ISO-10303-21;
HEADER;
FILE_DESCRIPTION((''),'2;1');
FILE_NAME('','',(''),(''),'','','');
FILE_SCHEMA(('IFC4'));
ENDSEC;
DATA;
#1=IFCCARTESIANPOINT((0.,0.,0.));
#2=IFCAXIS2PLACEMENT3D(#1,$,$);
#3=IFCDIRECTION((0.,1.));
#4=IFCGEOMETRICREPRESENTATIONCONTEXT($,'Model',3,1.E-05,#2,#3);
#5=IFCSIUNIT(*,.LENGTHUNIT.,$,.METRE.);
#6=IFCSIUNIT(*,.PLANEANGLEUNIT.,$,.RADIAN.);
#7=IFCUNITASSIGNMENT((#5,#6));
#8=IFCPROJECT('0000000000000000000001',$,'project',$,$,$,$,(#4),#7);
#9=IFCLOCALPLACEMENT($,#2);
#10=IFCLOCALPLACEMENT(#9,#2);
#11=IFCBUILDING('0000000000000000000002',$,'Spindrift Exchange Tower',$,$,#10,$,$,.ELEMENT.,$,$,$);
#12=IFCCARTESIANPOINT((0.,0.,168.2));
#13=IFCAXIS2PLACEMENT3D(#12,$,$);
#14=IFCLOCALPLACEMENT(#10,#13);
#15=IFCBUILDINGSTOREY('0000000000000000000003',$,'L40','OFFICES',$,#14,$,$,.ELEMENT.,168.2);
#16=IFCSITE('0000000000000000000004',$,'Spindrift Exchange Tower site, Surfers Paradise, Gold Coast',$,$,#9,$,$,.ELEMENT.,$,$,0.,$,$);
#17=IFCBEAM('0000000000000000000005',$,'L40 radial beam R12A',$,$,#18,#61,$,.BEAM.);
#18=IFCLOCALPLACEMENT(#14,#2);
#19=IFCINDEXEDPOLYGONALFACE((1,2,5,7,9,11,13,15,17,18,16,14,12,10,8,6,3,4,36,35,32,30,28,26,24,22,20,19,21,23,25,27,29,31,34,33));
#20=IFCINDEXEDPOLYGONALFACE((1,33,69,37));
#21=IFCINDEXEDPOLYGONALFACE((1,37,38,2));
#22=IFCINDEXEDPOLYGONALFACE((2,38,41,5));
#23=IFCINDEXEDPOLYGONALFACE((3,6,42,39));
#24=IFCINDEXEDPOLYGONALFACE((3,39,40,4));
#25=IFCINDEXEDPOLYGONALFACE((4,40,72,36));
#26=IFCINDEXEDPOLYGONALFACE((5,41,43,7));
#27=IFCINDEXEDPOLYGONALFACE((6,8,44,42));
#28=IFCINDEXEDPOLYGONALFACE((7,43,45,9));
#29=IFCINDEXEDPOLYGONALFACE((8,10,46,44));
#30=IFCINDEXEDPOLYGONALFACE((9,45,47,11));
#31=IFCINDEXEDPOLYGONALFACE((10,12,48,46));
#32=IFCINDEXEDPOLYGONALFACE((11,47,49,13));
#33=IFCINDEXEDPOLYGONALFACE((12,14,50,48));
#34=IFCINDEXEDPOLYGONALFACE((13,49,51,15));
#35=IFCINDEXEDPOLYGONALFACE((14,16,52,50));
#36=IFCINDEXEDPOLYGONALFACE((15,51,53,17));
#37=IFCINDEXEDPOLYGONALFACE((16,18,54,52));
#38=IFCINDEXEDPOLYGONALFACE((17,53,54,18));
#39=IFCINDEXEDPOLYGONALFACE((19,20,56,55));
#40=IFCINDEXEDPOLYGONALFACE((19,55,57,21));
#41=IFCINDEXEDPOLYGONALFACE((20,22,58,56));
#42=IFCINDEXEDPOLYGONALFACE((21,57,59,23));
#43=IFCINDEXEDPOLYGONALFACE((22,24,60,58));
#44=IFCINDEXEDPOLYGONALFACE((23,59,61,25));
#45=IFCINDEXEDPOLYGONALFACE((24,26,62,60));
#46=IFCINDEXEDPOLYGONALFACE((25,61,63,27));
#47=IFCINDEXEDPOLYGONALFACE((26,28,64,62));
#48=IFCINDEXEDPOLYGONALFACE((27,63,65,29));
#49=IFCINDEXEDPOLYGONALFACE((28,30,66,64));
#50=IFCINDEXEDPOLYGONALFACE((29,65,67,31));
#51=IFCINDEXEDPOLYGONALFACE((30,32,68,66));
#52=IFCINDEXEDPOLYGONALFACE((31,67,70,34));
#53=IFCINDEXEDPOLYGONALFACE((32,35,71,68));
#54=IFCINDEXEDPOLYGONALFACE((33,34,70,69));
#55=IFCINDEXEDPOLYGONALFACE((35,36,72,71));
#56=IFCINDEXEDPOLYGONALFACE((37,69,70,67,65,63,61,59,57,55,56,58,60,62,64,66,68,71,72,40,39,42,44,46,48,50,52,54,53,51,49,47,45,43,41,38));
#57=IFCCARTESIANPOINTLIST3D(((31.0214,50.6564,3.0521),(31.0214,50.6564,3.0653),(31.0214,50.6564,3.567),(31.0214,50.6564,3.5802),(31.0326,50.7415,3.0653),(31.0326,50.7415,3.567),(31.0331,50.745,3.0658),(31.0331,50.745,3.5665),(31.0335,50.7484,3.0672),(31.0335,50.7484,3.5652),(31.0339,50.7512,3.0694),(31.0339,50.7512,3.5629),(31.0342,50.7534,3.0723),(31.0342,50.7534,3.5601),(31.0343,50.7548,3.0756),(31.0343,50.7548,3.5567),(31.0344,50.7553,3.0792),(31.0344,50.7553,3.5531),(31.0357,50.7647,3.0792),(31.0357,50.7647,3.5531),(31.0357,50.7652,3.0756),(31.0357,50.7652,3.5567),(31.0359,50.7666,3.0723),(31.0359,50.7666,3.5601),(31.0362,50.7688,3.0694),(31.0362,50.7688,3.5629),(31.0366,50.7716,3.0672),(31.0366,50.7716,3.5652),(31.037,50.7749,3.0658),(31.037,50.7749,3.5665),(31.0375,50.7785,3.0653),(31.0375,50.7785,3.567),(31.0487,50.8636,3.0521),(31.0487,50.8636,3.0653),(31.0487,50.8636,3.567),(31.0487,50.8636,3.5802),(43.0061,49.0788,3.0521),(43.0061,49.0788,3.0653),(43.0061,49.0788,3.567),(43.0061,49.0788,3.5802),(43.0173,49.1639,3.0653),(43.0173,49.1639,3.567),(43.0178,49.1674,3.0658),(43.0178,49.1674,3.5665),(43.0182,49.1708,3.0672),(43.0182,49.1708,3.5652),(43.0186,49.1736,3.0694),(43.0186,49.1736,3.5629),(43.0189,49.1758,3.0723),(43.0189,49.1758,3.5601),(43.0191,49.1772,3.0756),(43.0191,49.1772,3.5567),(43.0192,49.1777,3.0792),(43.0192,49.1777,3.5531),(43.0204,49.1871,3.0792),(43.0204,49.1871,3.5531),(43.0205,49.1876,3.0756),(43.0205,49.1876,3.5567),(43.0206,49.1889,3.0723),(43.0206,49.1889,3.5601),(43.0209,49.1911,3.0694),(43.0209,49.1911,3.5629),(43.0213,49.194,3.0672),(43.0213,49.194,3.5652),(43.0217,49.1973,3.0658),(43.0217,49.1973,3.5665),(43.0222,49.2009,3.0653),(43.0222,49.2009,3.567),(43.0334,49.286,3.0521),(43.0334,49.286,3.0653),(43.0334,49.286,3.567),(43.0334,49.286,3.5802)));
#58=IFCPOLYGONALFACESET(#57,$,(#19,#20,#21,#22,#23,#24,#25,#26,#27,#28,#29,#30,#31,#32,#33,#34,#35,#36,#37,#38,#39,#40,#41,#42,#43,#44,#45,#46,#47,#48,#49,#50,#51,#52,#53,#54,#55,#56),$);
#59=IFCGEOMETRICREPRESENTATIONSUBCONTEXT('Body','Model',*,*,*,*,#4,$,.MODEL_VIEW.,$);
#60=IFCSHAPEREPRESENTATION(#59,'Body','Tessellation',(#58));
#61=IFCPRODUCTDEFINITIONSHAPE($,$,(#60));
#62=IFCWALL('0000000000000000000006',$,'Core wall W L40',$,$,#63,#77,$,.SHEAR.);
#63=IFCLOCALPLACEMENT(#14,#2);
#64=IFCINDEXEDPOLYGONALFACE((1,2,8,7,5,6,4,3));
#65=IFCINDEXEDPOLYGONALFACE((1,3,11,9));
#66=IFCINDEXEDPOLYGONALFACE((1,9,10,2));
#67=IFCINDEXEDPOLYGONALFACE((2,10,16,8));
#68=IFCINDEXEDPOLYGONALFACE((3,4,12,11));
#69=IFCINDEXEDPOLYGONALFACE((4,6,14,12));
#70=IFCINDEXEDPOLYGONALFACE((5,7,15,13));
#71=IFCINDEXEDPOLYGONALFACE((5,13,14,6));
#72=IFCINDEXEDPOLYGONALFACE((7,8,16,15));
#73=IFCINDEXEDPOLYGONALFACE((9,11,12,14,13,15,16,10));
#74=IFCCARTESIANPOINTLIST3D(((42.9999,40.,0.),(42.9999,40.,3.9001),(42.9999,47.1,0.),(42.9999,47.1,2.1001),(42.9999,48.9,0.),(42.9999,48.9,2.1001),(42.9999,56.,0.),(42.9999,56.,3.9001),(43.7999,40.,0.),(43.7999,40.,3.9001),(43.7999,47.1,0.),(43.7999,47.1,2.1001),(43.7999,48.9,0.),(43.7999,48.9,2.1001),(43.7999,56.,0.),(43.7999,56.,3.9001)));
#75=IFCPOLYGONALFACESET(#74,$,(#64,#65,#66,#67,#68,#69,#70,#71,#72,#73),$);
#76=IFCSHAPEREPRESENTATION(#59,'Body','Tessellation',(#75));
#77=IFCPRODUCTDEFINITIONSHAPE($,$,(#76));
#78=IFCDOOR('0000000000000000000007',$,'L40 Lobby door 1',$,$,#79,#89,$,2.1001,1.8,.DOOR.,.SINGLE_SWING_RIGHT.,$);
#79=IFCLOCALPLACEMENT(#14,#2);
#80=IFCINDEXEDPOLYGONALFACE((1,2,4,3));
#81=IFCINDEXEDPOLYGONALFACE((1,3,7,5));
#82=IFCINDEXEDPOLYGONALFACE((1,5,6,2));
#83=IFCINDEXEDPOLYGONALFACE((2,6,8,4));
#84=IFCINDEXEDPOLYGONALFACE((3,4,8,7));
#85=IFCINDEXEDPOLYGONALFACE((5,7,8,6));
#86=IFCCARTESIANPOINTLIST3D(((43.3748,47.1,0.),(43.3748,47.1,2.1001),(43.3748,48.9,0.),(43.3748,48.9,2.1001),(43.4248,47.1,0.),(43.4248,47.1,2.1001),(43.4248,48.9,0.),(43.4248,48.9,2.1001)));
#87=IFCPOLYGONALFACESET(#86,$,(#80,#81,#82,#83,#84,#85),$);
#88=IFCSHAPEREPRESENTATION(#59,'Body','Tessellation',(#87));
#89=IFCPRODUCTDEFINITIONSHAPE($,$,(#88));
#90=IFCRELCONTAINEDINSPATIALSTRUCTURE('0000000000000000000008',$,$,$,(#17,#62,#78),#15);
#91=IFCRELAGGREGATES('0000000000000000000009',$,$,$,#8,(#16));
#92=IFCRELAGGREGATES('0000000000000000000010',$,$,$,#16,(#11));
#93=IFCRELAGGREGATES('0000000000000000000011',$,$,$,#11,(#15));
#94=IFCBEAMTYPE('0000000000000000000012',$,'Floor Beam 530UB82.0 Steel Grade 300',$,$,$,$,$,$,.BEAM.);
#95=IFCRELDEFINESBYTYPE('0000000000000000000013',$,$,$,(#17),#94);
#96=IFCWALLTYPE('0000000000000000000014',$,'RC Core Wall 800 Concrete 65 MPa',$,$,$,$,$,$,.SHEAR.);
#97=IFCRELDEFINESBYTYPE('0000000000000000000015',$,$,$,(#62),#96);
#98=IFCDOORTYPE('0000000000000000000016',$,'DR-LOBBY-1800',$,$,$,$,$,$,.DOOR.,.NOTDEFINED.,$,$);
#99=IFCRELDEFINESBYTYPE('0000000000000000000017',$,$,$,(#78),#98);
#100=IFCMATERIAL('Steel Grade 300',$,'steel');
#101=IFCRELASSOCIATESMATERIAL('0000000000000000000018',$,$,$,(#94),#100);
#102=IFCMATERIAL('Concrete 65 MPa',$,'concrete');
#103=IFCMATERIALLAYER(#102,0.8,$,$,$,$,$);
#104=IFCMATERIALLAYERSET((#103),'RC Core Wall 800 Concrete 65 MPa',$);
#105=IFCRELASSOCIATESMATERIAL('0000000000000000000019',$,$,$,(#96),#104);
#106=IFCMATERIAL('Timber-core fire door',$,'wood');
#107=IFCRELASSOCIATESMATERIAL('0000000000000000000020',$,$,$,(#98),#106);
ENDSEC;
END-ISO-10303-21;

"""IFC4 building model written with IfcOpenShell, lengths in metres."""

from ifc_helpers import new_model, si_unit, direction, frame, frame_2d, origin, origin_2d, place, context, subcontext, project, spatial, rectangle, i_section, extrude, source, transform, mapped, material, layer, layer_set, material_profile, profile_set, type_object, element, fill, save


model = new_model("IFC4")

# Units and contexts
model_context = context("Model", 3, precision=1e-05, world=origin(), true_north=direction((0.0, 1.0)))
body_context = subcontext(model_context, "Body", "Model", "MODEL_VIEW")
ifc_project = project(units=[si_unit("LENGTHUNIT", "METRE"), si_unit("PLANEANGLEUNIT", "RADIAN")], contexts=[model_context])

# Site, building, storey
site_placement = place(None, origin())
site = spatial("IfcSite", under=ifc_project, at=site_placement, Name="Spindrift Exchange Tower site, Surfers Paradise, Gold Coast", CompositionType="ELEMENT", RefElevation=0.0)
building_placement = place(site_placement, origin())
building = spatial("IfcBuilding", under=site, at=building_placement, Name="Spindrift Exchange Tower", CompositionType="ELEMENT")
storey_placement = place(building_placement, frame((0.0, 0.0, 168.2)))
storey = spatial("IfcBuildingStorey", under=building, at=storey_placement, Name="L40", Description="OFFICES", CompositionType="ELEMENT", Elevation=168.2)

# Beam
ifc_material_1 = material(Name="Steel Grade 300", Category="steel")
ifc_material_profile_1 = material_profile(ifc_material_1, i_section(OverallWidth=0.209, OverallDepth=0.5281, WebThickness=0.0095, FlangeThickness=0.0132, FilletRadius=0.0139, at=origin_2d()), Name="530UB82.0")
ifc_profile_set_1 = profile_set([ifc_material_profile_1], Name="Steel Grade 300")
beam_type_1 = type_object("IfcBeamType", Name="Floor Beam 530UB82.0 Steel Grade 300", PredefinedType="BEAM", material=ifc_profile_set_1)
shared_shape_1 = source(origin(), body_context, "Body", "SweptSolid", [
    extrude(i_section(OverallWidth=0.209, OverallDepth=0.5281, WebThickness=0.0095, FlangeThickness=0.0132, FilletRadius=0.0139, at=origin_2d()), origin(), (0.0, 0.0, 1.0), 12.0881),
])
beam_1_placement = place(storey_placement, frame((43.0198, 49.1824, 3.3162), z_axis=(-0.991447, 0.13051, 0.0), x_axis=(-0.13051, -0.991447, 0.0)))
element("IfcBeam", 1, at=beam_1_placement, inside=storey, type_object=beam_type_1, Name="L40 radial beam R12A", PredefinedType="BEAM", context=body_context, shape_type="MappedRepresentation", body=[
    mapped(shared_shape_1, transform((0.0, 0.0, 0.0), scale=1.0)),
])

# Wall, opening, door
ifc_material_2 = material(Name="Concrete 65 MPa", Category="concrete")
ifc_layer_1 = layer(ifc_material_2, 0.8)
ifc_layer_set_1 = layer_set([ifc_layer_1], Name="RC Core Wall 800 Concrete 65 MPa")
wall_type_1 = type_object("IfcWallType", Name="RC Core Wall 800 Concrete 65 MPa", PredefinedType="SHEAR", material=ifc_layer_set_1)
wall_1_placement = place(storey_placement, frame((43.3999, 56.0, 0.0), z_axis=(0.0, 0.0, 1.0), x_axis=(0.0, -1.0, 0.0)))
wall_1 = element("IfcWall", 2, at=wall_1_placement, inside=storey, type_object=wall_type_1, Name="Core wall W L40", PredefinedType="SHEAR", context=body_context, shape_type="SweptSolid", body=[
    extrude(rectangle(XDim=16.0, YDim=0.8, at=frame_2d((8.0, 0.0))), origin(), (0.0, 0.0, 1.0), 3.9001),
])
opening_1_placement = place(wall_1_placement, frame((7.1001, 0.0, 0.0)))
opening_1 = element("IfcOpeningElement", 3, at=opening_1_placement, cuts=wall_1, PredefinedType="OPENING", context=body_context, shape_type="SweptSolid", body=[
    extrude(rectangle(XDim=1.8, YDim=2.1001, at=frame_2d((0.8999, 1.05))), frame((0.0, 0.4099, 0.0), z_axis=(0.0, -1.0, 0.0), x_axis=(1.0, 0.0, 0.0)), (0.0, 0.0, 1.0), 0.8201),
])
ifc_material_3 = material(Name="Timber-core fire door", Category="wood")
door_type_1 = type_object("IfcDoorType", Name="DR-LOBBY-1800", OperationType="NOTDEFINED", PredefinedType="DOOR", material=ifc_material_3)
shared_shape_2 = source(origin(), body_context, "Body", "SweptSolid", [
    extrude(rectangle(XDim=1.8, YDim=2.1001, at=frame_2d((0.8999, 1.05))), frame((0.0, 0.0249, 0.0), z_axis=(0.0, -1.0, 0.0), x_axis=(1.0, 0.0, 0.0)), (0.0, 0.0, 1.0), 0.05),
])
door_1_placement = place(opening_1_placement, origin())
door_1 = element("IfcDoor", 4, at=door_1_placement, inside=storey, type_object=door_type_1, Name="L40 Lobby door 1", OperationType="SINGLE_SWING_RIGHT", OverallHeight=2.1001, OverallWidth=1.8, PredefinedType="DOOR", context=body_context, shape_type="MappedRepresentation", body=[
    mapped(shared_shape_2, transform((0.0, 0.0, 0.0), scale=1.0)),
])
fill(opening_1, door_1)

save(model, "model.ifc")
